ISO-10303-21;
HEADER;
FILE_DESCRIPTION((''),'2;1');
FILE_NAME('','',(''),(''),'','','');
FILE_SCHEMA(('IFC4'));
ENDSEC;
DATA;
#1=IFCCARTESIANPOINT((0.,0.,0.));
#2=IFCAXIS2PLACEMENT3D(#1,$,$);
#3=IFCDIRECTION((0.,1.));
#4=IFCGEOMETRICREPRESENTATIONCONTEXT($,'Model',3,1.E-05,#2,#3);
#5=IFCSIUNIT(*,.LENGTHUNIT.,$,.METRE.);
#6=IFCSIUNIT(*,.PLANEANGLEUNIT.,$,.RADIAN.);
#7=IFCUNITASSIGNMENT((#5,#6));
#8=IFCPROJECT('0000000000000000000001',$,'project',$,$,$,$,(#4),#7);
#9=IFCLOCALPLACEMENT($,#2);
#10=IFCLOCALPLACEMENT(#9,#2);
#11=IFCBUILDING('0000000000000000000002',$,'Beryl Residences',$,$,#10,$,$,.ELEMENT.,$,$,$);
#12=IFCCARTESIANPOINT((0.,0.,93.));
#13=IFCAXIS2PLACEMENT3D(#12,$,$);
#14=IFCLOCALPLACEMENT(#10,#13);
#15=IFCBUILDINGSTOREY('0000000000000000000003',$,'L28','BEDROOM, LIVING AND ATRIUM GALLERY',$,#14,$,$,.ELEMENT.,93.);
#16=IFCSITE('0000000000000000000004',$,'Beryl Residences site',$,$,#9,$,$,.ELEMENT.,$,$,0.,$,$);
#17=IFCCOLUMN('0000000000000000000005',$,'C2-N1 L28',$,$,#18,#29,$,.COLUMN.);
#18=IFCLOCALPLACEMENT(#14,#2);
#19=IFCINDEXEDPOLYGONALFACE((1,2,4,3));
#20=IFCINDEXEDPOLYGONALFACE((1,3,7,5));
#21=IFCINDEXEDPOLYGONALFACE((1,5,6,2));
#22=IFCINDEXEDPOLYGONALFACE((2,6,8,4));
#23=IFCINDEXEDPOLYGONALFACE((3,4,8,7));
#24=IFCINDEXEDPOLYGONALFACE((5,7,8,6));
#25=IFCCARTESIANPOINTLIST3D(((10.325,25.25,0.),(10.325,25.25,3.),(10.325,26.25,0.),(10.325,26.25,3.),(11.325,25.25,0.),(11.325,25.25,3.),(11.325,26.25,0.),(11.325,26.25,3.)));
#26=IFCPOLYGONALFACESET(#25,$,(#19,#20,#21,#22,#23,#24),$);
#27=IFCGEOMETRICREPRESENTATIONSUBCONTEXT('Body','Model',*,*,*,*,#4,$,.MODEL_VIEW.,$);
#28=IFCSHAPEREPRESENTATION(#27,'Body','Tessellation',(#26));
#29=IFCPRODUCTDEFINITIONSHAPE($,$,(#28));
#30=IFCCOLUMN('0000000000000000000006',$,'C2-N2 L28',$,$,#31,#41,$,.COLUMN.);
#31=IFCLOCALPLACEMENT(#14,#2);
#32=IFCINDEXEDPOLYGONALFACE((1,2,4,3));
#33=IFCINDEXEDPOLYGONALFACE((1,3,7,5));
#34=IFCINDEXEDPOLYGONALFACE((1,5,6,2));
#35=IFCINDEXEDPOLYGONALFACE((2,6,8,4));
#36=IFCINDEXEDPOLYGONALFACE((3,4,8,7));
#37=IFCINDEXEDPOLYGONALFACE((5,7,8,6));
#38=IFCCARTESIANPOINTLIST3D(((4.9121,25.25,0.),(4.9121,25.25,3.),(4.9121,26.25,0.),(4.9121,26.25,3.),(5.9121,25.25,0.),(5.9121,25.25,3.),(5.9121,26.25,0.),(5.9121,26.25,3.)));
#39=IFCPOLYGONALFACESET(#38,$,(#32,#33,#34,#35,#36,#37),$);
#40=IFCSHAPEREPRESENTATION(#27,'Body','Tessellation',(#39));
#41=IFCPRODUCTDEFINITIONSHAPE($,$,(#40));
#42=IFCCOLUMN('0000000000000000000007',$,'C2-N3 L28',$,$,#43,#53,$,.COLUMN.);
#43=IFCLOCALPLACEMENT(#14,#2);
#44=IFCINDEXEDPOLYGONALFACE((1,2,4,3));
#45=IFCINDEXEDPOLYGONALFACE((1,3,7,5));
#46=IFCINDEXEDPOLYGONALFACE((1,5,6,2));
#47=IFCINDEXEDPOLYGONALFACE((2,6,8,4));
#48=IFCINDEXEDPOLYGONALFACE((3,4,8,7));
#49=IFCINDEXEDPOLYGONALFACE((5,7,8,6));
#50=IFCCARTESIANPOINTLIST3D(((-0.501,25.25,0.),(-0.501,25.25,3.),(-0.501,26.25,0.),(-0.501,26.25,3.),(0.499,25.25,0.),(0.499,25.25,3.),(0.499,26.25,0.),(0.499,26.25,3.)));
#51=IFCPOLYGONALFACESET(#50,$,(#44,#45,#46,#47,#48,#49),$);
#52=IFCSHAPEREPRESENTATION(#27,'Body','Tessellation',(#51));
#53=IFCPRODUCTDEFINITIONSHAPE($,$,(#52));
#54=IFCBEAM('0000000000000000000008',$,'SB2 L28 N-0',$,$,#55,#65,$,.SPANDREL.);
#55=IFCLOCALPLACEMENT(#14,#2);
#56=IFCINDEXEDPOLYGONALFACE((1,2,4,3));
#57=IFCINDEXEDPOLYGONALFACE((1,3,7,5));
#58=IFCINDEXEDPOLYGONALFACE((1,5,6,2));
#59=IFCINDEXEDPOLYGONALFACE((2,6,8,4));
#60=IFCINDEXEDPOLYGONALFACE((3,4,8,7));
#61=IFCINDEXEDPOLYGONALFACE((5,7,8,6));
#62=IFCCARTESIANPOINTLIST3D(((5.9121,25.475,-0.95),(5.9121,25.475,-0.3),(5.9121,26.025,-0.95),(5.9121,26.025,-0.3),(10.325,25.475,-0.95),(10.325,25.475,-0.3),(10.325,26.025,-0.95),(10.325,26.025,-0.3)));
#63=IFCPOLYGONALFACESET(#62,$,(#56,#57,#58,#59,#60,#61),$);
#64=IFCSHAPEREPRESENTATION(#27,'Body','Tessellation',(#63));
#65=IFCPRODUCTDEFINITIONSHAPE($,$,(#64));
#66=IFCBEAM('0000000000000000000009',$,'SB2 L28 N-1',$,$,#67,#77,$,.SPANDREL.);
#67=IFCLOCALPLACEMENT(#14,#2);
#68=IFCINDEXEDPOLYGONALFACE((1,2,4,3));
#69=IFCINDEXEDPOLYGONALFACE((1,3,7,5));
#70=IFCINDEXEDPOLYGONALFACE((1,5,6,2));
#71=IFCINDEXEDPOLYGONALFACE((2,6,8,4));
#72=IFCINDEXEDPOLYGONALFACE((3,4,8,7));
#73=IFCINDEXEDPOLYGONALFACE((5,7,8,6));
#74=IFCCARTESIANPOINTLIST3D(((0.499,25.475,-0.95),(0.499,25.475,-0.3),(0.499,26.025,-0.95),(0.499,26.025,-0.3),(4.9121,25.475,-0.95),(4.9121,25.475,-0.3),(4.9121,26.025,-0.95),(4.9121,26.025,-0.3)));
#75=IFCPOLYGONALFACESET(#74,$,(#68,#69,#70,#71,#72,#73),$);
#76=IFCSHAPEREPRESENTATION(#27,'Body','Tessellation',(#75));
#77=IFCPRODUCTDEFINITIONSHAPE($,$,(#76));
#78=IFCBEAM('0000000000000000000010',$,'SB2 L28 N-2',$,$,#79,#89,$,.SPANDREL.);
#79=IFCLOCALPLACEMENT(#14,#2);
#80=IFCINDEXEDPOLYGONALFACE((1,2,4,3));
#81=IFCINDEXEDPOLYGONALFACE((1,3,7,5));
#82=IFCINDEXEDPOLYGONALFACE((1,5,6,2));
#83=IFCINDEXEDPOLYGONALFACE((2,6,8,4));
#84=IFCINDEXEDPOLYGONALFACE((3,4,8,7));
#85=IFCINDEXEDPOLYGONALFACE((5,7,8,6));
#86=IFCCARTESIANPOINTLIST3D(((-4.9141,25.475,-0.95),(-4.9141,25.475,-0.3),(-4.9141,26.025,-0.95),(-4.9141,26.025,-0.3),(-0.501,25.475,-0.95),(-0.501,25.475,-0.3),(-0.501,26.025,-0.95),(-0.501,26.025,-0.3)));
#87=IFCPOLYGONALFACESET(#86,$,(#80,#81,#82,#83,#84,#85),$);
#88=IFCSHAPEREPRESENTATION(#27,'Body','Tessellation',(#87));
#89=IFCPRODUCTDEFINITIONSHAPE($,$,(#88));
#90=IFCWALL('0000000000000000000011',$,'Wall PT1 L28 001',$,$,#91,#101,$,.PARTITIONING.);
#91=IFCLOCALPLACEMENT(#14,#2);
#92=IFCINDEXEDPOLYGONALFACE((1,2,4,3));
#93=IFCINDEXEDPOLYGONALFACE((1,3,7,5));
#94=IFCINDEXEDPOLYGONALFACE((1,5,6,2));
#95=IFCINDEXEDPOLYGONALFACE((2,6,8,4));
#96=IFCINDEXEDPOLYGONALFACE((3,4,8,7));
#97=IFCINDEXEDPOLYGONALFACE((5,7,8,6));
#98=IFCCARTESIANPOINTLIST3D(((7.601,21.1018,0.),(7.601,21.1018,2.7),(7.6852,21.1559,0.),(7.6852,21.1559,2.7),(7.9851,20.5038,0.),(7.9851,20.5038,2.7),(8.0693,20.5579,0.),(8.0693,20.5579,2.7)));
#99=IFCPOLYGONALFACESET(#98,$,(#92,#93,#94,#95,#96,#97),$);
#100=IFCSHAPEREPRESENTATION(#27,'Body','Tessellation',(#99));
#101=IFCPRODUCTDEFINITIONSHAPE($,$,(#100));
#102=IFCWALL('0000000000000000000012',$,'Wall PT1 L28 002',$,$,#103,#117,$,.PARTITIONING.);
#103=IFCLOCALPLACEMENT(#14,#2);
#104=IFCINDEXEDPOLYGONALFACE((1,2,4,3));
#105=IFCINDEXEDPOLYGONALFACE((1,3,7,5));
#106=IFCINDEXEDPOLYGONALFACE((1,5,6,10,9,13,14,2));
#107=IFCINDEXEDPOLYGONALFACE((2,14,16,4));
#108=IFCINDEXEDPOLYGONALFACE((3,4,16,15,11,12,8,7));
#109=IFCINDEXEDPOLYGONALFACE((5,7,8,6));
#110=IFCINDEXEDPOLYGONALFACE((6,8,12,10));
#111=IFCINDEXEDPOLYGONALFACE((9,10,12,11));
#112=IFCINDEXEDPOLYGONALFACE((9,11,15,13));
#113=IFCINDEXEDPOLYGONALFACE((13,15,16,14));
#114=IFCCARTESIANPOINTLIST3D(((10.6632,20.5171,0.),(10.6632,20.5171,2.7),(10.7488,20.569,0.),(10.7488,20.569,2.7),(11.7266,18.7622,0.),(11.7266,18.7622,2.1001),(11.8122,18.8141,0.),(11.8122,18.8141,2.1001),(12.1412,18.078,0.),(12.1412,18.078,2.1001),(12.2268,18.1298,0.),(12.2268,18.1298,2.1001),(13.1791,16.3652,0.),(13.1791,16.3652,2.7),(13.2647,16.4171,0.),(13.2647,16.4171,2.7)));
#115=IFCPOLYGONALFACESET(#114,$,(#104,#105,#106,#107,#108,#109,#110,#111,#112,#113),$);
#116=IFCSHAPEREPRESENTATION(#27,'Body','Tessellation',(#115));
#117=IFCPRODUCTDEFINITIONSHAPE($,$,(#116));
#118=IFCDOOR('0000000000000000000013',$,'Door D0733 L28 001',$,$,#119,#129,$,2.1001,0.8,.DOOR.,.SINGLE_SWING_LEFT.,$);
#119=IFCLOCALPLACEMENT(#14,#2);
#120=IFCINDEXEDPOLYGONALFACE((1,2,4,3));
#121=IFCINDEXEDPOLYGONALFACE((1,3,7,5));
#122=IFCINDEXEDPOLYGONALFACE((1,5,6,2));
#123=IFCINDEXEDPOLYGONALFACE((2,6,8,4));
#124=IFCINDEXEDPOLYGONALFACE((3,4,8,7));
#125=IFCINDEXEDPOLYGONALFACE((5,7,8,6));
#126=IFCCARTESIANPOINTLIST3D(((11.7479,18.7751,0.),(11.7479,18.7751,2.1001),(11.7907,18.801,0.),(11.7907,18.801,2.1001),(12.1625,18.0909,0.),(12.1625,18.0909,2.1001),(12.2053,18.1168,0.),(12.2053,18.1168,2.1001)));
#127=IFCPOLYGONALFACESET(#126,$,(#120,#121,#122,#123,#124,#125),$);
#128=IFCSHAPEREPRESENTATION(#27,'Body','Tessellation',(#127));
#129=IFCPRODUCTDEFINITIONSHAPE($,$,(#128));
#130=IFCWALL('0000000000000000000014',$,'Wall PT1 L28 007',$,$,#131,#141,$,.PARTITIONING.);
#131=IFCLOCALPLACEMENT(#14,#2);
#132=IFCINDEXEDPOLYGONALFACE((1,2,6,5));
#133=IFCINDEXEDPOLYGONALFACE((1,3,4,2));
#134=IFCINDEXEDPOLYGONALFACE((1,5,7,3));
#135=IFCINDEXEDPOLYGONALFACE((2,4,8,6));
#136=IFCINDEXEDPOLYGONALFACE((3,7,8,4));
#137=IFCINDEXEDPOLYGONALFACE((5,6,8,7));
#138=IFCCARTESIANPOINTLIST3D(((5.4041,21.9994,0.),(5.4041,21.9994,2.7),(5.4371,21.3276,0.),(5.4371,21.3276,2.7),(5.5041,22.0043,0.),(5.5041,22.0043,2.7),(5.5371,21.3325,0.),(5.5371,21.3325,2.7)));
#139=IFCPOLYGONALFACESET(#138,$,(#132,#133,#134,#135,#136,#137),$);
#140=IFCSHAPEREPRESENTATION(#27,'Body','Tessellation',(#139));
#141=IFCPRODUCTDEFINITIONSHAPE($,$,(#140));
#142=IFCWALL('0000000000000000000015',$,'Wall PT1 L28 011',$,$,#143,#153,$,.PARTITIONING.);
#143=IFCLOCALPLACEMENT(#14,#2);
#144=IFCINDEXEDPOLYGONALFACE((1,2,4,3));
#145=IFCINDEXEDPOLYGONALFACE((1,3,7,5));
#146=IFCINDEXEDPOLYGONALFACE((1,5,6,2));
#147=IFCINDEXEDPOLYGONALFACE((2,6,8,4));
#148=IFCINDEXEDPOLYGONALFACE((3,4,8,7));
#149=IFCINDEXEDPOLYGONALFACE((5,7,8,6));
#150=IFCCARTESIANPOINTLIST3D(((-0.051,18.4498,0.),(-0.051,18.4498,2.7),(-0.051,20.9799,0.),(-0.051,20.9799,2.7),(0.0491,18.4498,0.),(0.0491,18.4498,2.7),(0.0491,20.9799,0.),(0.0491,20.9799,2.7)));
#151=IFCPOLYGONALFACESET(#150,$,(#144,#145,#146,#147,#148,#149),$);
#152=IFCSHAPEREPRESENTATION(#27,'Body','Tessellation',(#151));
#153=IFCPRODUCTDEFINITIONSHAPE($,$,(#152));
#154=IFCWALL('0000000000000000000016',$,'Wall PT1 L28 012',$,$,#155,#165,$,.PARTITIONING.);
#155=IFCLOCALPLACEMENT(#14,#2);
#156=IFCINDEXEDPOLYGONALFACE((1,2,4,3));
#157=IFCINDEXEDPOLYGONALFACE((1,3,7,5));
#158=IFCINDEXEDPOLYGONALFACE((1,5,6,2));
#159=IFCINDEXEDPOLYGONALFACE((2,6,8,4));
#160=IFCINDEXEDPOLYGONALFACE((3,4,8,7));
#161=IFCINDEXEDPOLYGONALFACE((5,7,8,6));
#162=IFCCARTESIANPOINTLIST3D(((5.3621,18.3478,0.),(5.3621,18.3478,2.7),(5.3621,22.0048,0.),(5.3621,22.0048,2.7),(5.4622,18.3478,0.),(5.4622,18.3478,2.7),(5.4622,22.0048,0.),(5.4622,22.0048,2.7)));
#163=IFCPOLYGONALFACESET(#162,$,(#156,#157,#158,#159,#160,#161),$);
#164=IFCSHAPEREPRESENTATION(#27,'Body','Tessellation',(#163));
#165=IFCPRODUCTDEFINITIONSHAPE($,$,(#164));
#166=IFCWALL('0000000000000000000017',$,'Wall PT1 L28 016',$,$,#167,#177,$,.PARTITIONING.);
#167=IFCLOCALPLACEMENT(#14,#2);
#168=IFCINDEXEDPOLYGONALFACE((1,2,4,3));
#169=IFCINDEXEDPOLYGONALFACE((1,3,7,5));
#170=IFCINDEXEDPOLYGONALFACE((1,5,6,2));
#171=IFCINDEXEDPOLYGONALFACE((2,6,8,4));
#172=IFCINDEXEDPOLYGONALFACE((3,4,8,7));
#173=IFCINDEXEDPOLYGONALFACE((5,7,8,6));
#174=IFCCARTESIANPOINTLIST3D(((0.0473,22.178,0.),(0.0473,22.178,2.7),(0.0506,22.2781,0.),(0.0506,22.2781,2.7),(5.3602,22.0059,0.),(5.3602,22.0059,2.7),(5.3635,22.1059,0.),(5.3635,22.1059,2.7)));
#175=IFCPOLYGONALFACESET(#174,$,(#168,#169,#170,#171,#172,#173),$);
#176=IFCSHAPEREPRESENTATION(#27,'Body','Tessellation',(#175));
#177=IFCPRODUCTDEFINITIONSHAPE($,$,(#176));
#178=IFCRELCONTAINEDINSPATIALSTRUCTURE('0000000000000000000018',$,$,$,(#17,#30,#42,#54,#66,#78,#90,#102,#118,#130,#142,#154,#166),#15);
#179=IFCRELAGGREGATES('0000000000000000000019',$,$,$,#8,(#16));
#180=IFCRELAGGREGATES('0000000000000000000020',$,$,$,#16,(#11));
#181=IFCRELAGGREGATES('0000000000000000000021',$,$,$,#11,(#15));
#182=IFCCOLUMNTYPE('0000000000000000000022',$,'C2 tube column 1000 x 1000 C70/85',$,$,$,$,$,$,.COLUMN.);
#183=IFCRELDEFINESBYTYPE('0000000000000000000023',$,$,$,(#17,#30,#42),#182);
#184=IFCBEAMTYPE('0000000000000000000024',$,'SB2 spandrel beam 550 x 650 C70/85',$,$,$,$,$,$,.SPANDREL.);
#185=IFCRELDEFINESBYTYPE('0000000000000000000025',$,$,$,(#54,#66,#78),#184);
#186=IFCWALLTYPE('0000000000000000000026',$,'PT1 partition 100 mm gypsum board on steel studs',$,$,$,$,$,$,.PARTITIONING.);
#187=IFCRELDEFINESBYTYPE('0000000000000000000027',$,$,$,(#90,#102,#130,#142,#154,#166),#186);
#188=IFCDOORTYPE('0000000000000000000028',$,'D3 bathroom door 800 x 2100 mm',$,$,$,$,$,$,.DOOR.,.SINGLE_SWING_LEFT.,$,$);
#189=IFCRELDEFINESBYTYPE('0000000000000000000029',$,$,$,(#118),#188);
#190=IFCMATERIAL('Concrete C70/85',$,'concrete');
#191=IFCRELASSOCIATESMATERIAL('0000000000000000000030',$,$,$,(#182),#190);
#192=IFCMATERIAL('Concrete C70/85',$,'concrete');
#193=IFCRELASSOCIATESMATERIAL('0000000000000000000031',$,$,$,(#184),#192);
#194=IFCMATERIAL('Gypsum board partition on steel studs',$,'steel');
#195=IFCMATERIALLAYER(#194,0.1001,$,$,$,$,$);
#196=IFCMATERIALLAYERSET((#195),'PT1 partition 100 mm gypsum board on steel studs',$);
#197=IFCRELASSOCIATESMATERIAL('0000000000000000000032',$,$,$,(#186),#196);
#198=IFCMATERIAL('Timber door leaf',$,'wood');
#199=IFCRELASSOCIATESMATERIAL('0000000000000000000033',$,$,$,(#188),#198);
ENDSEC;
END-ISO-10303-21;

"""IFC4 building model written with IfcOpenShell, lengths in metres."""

from ifc_helpers import new_model, si_unit, direction, frame, frame_2d, origin, origin_2d, place, context, subcontext, project, spatial, rectangle, extrude, material, layer, layer_set, material_profile, profile_set, type_object, element, fill, save


model = new_model("IFC4")

# Units and contexts
model_context = context("Model", 3, precision=1e-05, world=origin(), true_north=direction((0.0, 1.0)))
body_context = subcontext(model_context, "Body", "Model", "MODEL_VIEW")
ifc_project = project(units=[si_unit("LENGTHUNIT", "METRE"), si_unit("PLANEANGLEUNIT", "RADIAN")], contexts=[model_context])

# Site, building, storey
site_placement = place(None, origin())
site = spatial("IfcSite", under=ifc_project, at=site_placement, Name="Beryl Residences site", CompositionType="ELEMENT", RefElevation=0.0)
building_placement = place(site_placement, origin())
building = spatial("IfcBuilding", under=site, at=building_placement, Name="Beryl Residences", CompositionType="ELEMENT")
storey_placement = place(building_placement, frame((0.0, 0.0, 93.0)))
storey = spatial("IfcBuildingStorey", under=building, at=storey_placement, Name="L28", Description="BEDROOM, LIVING AND ATRIUM GALLERY", CompositionType="ELEMENT", Elevation=93.0)

# Columns
ifc_material_1 = material(Name="Concrete C70/85", Category="concrete")
ifc_material_profile_1 = material_profile(ifc_material_1, rectangle(XDim=1.0, YDim=1.0, at=origin_2d()))
ifc_profile_set_1 = profile_set([ifc_material_profile_1], Name="Concrete C70/85")
column_type = type_object("IfcColumnType", Name="C2 tube column 1000 x 1000 C70/85", PredefinedType="COLUMN", material=ifc_profile_set_1)
for number, where, z_axis, x_axis, name in (
    (1, (10.825, 25.75, 0.0), (0.0, 0.0, 1.0), (-1.0, 0.0, 0.0), "C2-N1 L28"),
    (2, (5.4121, 25.75, 0.0), (0.0, 0.0, 1.0), (-1.0, 0.0, 0.0), "C2-N2 L28"),
    (3, (-0.001, 25.75, 0.0), (0.0, 0.0, 1.0), (-1.0, 0.0, 0.0), "C2-N3 L28"),
):
    element("IfcColumn", number, at=place(storey_placement, frame(where, z_axis=z_axis, x_axis=x_axis)), inside=storey, type_object=column_type, Name=name, PredefinedType="COLUMN", context=body_context, shape_type="SweptSolid", body=[
        extrude(rectangle(XDim=1.0, YDim=1.0, at=origin_2d()), origin(), (0.0, 0.0, 1.0), 3.0),
    ])

# Beams
ifc_material_2 = material(Name="Concrete C70/85", Category="concrete")
ifc_material_profile_2 = material_profile(ifc_material_2, rectangle(XDim=0.55, YDim=0.6499, at=origin_2d()))
ifc_profile_set_2 = profile_set([ifc_material_profile_2], Name="Concrete C70/85")
beam_type = type_object("IfcBeamType", Name="SB2 spandrel beam 550 x 650 C70/85", PredefinedType="SPANDREL", material=ifc_profile_set_2)
beam_placement = place(storey_placement, frame((10.325, 25.75, -0.625), z_axis=(-1.0, 0.0, 0.0), x_axis=(0.0, -1.0, 0.0)))
element("IfcBeam", 4, at=beam_placement, inside=storey, type_object=beam_type, Name="SB2 L28 N-0", PredefinedType="SPANDREL", context=body_context, shape_type="SweptSolid", body=[
    extrude(rectangle(XDim=0.55, YDim=0.6499, at=origin_2d()), origin(), (0.0, 0.0, 1.0), 4.4128),
])
for number, where, z_axis, x_axis, name in (
    (5, (4.9121, 25.75, -0.625), (-1.0, 0.0, 0.0), (0.0, -1.0, 0.0), "SB2 L28 N-1"),
    (6, (-0.501, 25.75, -0.625), (-1.0, 0.0, 0.0), (0.0, -1.0, 0.0), "SB2 L28 N-2"),
):
    element("IfcBeam", number, at=place(storey_placement, frame(where, z_axis=z_axis, x_axis=x_axis)), inside=storey, type_object=beam_type, Name=name, PredefinedType="SPANDREL", context=body_context, shape_type="SweptSolid", body=[
        extrude(rectangle(XDim=0.55, YDim=0.6499, at=origin_2d()), origin(), (0.0, 0.0, 1.0), 4.4131),
    ])

# Wall
ifc_material_3 = material(Name="Gypsum board partition on steel studs", Category="steel")
ifc_layer_1 = layer(ifc_material_3, 0.1001)
ifc_layer_set_1 = layer_set([ifc_layer_1], Name="PT1 partition 100 mm gypsum board on steel studs")
wall_type_1 = type_object("IfcWallType", Name="PT1 partition 100 mm gypsum board on steel studs", PredefinedType="PARTITIONING", material=ifc_layer_set_1)
wall_1_placement = place(storey_placement, frame((7.6431, 21.1289, 0.0), z_axis=(0.0, 0.0, 1.0), x_axis=(0.540428, -0.841391, 0.0)))
element("IfcWall", 7, at=wall_1_placement, inside=storey, type_object=wall_type_1, Name="Wall PT1 L28 001", PredefinedType="PARTITIONING", context=body_context, shape_type="SweptSolid", body=[
    extrude(rectangle(XDim=0.7107, YDim=0.1001, at=frame_2d((0.3555, 0.0))), origin(), (0.0, 0.0, 1.0), 2.7),
])

# Wall, opening, door
wall_2_placement = place(storey_placement, frame((10.7061, 20.543, 0.0), z_axis=(0.0, 0.0, 1.0), x_axis=(0.51824, -0.855235, 0.0)))
wall_2 = element("IfcWall", 8, at=wall_2_placement, inside=storey, type_object=wall_type_1, Name="Wall PT1 L28 002", PredefinedType="PARTITIONING", context=body_context, shape_type="SweptSolid", body=[
    extrude(rectangle(XDim=4.8547, YDim=0.1001, at=frame_2d((2.4272, 0.0))), origin(), (0.0, 0.0, 1.0), 2.7),
])
opening_1_placement = place(wall_2_placement, frame((2.052, 0.0, 0.0)))
opening_1 = element("IfcOpeningElement", 9, at=opening_1_placement, cuts=wall_2, PredefinedType="OPENING", context=body_context, shape_type="SweptSolid", body=[
    extrude(rectangle(XDim=0.8, YDim=2.1001, at=frame_2d((0.3999, 1.05))), frame((0.0, 0.0601, 0.0), z_axis=(0.0, -1.0, 0.0), x_axis=(1.0, 0.0, 0.0)), (0.0, 0.0, 1.0), 0.1201),
])
ifc_material_4 = material(Name="Timber door leaf", Category="wood")
door_type_1 = type_object("IfcDoorType", Name="D3 bathroom door 800 x 2100 mm", OperationType="SINGLE_SWING_LEFT", PredefinedType="DOOR", material=ifc_material_4)
door_1_placement = place(opening_1_placement, origin())
door_1 = element("IfcDoor", 10, at=door_1_placement, inside=storey, type_object=door_type_1, Name="Door D0733 L28 001", OperationType="SINGLE_SWING_LEFT", OverallHeight=2.1001, OverallWidth=0.8, PredefinedType="DOOR", context=body_context, shape_type="SweptSolid", body=[
    extrude(rectangle(XDim=0.8, YDim=2.1001, at=frame_2d((0.3999, 1.05))), frame((0.0, 0.0249, 0.0), z_axis=(0.0, -1.0, 0.0), x_axis=(1.0, 0.0, 0.0)), (0.0, 0.0, 1.0), 0.05),
])
fill(opening_1, door_1)

# Walls
wall_3_placement = place(storey_placement, frame((5.4541, 22.002, 0.0), z_axis=(0.0, 0.0, 1.0), x_axis=(0.048996, -0.998799, 0.0)))
element("IfcWall", 11, at=wall_3_placement, inside=storey, type_object=wall_type_1, Name="Wall PT1 L28 007", PredefinedType="PARTITIONING", context=body_context, shape_type="SweptSolid", body=[
    extrude(rectangle(XDim=0.6726, YDim=0.1001, at=frame_2d((0.3364, 0.0))), origin(), (0.0, 0.0, 1.0), 2.7),
])
wall_4_placement = place(storey_placement, frame((-0.001, 20.98, 0.0), z_axis=(0.0, 0.0, 1.0), x_axis=(0.0, -1.0, 0.0)))
element("IfcWall", 12, at=wall_4_placement, inside=storey, type_object=wall_type_1, Name="Wall PT1 L28 011", PredefinedType="PARTITIONING", context=body_context, shape_type="SweptSolid", body=[
    extrude(rectangle(XDim=2.53, YDim=0.1001, at=frame_2d((1.2651, 0.0))), origin(), (0.0, 0.0, 1.0), 2.7),
])
wall_5_placement = place(storey_placement, frame((5.4121, 22.0049, 0.0), z_axis=(0.0, 0.0, 1.0), x_axis=(0.0, -1.0, 0.0)))
element("IfcWall", 13, at=wall_5_placement, inside=storey, type_object=wall_type_1, Name="Wall PT1 L28 012", PredefinedType="PARTITIONING", context=body_context, shape_type="SweptSolid", body=[
    extrude(rectangle(XDim=3.657, YDim=0.1001, at=frame_2d((1.8286, 0.0))), origin(), (0.0, 0.0, 1.0), 2.7),
])
wall_6_placement = place(storey_placement, frame((0.0491, 22.228, 0.0), z_axis=(0.0, 0.0, 1.0), x_axis=(0.999476, -0.032379, 0.0)))
element("IfcWall", 14, at=wall_6_placement, inside=storey, type_object=wall_type_1, Name="Wall PT1 L28 016", PredefinedType="PARTITIONING", context=body_context, shape_type="SweptSolid", body=[
    extrude(rectangle(XDim=5.3157, YDim=0.1001, at=frame_2d((2.6577, 0.0))), origin(), (0.0, 0.0, 1.0), 2.7),
])

save(model, "model.ifc")
